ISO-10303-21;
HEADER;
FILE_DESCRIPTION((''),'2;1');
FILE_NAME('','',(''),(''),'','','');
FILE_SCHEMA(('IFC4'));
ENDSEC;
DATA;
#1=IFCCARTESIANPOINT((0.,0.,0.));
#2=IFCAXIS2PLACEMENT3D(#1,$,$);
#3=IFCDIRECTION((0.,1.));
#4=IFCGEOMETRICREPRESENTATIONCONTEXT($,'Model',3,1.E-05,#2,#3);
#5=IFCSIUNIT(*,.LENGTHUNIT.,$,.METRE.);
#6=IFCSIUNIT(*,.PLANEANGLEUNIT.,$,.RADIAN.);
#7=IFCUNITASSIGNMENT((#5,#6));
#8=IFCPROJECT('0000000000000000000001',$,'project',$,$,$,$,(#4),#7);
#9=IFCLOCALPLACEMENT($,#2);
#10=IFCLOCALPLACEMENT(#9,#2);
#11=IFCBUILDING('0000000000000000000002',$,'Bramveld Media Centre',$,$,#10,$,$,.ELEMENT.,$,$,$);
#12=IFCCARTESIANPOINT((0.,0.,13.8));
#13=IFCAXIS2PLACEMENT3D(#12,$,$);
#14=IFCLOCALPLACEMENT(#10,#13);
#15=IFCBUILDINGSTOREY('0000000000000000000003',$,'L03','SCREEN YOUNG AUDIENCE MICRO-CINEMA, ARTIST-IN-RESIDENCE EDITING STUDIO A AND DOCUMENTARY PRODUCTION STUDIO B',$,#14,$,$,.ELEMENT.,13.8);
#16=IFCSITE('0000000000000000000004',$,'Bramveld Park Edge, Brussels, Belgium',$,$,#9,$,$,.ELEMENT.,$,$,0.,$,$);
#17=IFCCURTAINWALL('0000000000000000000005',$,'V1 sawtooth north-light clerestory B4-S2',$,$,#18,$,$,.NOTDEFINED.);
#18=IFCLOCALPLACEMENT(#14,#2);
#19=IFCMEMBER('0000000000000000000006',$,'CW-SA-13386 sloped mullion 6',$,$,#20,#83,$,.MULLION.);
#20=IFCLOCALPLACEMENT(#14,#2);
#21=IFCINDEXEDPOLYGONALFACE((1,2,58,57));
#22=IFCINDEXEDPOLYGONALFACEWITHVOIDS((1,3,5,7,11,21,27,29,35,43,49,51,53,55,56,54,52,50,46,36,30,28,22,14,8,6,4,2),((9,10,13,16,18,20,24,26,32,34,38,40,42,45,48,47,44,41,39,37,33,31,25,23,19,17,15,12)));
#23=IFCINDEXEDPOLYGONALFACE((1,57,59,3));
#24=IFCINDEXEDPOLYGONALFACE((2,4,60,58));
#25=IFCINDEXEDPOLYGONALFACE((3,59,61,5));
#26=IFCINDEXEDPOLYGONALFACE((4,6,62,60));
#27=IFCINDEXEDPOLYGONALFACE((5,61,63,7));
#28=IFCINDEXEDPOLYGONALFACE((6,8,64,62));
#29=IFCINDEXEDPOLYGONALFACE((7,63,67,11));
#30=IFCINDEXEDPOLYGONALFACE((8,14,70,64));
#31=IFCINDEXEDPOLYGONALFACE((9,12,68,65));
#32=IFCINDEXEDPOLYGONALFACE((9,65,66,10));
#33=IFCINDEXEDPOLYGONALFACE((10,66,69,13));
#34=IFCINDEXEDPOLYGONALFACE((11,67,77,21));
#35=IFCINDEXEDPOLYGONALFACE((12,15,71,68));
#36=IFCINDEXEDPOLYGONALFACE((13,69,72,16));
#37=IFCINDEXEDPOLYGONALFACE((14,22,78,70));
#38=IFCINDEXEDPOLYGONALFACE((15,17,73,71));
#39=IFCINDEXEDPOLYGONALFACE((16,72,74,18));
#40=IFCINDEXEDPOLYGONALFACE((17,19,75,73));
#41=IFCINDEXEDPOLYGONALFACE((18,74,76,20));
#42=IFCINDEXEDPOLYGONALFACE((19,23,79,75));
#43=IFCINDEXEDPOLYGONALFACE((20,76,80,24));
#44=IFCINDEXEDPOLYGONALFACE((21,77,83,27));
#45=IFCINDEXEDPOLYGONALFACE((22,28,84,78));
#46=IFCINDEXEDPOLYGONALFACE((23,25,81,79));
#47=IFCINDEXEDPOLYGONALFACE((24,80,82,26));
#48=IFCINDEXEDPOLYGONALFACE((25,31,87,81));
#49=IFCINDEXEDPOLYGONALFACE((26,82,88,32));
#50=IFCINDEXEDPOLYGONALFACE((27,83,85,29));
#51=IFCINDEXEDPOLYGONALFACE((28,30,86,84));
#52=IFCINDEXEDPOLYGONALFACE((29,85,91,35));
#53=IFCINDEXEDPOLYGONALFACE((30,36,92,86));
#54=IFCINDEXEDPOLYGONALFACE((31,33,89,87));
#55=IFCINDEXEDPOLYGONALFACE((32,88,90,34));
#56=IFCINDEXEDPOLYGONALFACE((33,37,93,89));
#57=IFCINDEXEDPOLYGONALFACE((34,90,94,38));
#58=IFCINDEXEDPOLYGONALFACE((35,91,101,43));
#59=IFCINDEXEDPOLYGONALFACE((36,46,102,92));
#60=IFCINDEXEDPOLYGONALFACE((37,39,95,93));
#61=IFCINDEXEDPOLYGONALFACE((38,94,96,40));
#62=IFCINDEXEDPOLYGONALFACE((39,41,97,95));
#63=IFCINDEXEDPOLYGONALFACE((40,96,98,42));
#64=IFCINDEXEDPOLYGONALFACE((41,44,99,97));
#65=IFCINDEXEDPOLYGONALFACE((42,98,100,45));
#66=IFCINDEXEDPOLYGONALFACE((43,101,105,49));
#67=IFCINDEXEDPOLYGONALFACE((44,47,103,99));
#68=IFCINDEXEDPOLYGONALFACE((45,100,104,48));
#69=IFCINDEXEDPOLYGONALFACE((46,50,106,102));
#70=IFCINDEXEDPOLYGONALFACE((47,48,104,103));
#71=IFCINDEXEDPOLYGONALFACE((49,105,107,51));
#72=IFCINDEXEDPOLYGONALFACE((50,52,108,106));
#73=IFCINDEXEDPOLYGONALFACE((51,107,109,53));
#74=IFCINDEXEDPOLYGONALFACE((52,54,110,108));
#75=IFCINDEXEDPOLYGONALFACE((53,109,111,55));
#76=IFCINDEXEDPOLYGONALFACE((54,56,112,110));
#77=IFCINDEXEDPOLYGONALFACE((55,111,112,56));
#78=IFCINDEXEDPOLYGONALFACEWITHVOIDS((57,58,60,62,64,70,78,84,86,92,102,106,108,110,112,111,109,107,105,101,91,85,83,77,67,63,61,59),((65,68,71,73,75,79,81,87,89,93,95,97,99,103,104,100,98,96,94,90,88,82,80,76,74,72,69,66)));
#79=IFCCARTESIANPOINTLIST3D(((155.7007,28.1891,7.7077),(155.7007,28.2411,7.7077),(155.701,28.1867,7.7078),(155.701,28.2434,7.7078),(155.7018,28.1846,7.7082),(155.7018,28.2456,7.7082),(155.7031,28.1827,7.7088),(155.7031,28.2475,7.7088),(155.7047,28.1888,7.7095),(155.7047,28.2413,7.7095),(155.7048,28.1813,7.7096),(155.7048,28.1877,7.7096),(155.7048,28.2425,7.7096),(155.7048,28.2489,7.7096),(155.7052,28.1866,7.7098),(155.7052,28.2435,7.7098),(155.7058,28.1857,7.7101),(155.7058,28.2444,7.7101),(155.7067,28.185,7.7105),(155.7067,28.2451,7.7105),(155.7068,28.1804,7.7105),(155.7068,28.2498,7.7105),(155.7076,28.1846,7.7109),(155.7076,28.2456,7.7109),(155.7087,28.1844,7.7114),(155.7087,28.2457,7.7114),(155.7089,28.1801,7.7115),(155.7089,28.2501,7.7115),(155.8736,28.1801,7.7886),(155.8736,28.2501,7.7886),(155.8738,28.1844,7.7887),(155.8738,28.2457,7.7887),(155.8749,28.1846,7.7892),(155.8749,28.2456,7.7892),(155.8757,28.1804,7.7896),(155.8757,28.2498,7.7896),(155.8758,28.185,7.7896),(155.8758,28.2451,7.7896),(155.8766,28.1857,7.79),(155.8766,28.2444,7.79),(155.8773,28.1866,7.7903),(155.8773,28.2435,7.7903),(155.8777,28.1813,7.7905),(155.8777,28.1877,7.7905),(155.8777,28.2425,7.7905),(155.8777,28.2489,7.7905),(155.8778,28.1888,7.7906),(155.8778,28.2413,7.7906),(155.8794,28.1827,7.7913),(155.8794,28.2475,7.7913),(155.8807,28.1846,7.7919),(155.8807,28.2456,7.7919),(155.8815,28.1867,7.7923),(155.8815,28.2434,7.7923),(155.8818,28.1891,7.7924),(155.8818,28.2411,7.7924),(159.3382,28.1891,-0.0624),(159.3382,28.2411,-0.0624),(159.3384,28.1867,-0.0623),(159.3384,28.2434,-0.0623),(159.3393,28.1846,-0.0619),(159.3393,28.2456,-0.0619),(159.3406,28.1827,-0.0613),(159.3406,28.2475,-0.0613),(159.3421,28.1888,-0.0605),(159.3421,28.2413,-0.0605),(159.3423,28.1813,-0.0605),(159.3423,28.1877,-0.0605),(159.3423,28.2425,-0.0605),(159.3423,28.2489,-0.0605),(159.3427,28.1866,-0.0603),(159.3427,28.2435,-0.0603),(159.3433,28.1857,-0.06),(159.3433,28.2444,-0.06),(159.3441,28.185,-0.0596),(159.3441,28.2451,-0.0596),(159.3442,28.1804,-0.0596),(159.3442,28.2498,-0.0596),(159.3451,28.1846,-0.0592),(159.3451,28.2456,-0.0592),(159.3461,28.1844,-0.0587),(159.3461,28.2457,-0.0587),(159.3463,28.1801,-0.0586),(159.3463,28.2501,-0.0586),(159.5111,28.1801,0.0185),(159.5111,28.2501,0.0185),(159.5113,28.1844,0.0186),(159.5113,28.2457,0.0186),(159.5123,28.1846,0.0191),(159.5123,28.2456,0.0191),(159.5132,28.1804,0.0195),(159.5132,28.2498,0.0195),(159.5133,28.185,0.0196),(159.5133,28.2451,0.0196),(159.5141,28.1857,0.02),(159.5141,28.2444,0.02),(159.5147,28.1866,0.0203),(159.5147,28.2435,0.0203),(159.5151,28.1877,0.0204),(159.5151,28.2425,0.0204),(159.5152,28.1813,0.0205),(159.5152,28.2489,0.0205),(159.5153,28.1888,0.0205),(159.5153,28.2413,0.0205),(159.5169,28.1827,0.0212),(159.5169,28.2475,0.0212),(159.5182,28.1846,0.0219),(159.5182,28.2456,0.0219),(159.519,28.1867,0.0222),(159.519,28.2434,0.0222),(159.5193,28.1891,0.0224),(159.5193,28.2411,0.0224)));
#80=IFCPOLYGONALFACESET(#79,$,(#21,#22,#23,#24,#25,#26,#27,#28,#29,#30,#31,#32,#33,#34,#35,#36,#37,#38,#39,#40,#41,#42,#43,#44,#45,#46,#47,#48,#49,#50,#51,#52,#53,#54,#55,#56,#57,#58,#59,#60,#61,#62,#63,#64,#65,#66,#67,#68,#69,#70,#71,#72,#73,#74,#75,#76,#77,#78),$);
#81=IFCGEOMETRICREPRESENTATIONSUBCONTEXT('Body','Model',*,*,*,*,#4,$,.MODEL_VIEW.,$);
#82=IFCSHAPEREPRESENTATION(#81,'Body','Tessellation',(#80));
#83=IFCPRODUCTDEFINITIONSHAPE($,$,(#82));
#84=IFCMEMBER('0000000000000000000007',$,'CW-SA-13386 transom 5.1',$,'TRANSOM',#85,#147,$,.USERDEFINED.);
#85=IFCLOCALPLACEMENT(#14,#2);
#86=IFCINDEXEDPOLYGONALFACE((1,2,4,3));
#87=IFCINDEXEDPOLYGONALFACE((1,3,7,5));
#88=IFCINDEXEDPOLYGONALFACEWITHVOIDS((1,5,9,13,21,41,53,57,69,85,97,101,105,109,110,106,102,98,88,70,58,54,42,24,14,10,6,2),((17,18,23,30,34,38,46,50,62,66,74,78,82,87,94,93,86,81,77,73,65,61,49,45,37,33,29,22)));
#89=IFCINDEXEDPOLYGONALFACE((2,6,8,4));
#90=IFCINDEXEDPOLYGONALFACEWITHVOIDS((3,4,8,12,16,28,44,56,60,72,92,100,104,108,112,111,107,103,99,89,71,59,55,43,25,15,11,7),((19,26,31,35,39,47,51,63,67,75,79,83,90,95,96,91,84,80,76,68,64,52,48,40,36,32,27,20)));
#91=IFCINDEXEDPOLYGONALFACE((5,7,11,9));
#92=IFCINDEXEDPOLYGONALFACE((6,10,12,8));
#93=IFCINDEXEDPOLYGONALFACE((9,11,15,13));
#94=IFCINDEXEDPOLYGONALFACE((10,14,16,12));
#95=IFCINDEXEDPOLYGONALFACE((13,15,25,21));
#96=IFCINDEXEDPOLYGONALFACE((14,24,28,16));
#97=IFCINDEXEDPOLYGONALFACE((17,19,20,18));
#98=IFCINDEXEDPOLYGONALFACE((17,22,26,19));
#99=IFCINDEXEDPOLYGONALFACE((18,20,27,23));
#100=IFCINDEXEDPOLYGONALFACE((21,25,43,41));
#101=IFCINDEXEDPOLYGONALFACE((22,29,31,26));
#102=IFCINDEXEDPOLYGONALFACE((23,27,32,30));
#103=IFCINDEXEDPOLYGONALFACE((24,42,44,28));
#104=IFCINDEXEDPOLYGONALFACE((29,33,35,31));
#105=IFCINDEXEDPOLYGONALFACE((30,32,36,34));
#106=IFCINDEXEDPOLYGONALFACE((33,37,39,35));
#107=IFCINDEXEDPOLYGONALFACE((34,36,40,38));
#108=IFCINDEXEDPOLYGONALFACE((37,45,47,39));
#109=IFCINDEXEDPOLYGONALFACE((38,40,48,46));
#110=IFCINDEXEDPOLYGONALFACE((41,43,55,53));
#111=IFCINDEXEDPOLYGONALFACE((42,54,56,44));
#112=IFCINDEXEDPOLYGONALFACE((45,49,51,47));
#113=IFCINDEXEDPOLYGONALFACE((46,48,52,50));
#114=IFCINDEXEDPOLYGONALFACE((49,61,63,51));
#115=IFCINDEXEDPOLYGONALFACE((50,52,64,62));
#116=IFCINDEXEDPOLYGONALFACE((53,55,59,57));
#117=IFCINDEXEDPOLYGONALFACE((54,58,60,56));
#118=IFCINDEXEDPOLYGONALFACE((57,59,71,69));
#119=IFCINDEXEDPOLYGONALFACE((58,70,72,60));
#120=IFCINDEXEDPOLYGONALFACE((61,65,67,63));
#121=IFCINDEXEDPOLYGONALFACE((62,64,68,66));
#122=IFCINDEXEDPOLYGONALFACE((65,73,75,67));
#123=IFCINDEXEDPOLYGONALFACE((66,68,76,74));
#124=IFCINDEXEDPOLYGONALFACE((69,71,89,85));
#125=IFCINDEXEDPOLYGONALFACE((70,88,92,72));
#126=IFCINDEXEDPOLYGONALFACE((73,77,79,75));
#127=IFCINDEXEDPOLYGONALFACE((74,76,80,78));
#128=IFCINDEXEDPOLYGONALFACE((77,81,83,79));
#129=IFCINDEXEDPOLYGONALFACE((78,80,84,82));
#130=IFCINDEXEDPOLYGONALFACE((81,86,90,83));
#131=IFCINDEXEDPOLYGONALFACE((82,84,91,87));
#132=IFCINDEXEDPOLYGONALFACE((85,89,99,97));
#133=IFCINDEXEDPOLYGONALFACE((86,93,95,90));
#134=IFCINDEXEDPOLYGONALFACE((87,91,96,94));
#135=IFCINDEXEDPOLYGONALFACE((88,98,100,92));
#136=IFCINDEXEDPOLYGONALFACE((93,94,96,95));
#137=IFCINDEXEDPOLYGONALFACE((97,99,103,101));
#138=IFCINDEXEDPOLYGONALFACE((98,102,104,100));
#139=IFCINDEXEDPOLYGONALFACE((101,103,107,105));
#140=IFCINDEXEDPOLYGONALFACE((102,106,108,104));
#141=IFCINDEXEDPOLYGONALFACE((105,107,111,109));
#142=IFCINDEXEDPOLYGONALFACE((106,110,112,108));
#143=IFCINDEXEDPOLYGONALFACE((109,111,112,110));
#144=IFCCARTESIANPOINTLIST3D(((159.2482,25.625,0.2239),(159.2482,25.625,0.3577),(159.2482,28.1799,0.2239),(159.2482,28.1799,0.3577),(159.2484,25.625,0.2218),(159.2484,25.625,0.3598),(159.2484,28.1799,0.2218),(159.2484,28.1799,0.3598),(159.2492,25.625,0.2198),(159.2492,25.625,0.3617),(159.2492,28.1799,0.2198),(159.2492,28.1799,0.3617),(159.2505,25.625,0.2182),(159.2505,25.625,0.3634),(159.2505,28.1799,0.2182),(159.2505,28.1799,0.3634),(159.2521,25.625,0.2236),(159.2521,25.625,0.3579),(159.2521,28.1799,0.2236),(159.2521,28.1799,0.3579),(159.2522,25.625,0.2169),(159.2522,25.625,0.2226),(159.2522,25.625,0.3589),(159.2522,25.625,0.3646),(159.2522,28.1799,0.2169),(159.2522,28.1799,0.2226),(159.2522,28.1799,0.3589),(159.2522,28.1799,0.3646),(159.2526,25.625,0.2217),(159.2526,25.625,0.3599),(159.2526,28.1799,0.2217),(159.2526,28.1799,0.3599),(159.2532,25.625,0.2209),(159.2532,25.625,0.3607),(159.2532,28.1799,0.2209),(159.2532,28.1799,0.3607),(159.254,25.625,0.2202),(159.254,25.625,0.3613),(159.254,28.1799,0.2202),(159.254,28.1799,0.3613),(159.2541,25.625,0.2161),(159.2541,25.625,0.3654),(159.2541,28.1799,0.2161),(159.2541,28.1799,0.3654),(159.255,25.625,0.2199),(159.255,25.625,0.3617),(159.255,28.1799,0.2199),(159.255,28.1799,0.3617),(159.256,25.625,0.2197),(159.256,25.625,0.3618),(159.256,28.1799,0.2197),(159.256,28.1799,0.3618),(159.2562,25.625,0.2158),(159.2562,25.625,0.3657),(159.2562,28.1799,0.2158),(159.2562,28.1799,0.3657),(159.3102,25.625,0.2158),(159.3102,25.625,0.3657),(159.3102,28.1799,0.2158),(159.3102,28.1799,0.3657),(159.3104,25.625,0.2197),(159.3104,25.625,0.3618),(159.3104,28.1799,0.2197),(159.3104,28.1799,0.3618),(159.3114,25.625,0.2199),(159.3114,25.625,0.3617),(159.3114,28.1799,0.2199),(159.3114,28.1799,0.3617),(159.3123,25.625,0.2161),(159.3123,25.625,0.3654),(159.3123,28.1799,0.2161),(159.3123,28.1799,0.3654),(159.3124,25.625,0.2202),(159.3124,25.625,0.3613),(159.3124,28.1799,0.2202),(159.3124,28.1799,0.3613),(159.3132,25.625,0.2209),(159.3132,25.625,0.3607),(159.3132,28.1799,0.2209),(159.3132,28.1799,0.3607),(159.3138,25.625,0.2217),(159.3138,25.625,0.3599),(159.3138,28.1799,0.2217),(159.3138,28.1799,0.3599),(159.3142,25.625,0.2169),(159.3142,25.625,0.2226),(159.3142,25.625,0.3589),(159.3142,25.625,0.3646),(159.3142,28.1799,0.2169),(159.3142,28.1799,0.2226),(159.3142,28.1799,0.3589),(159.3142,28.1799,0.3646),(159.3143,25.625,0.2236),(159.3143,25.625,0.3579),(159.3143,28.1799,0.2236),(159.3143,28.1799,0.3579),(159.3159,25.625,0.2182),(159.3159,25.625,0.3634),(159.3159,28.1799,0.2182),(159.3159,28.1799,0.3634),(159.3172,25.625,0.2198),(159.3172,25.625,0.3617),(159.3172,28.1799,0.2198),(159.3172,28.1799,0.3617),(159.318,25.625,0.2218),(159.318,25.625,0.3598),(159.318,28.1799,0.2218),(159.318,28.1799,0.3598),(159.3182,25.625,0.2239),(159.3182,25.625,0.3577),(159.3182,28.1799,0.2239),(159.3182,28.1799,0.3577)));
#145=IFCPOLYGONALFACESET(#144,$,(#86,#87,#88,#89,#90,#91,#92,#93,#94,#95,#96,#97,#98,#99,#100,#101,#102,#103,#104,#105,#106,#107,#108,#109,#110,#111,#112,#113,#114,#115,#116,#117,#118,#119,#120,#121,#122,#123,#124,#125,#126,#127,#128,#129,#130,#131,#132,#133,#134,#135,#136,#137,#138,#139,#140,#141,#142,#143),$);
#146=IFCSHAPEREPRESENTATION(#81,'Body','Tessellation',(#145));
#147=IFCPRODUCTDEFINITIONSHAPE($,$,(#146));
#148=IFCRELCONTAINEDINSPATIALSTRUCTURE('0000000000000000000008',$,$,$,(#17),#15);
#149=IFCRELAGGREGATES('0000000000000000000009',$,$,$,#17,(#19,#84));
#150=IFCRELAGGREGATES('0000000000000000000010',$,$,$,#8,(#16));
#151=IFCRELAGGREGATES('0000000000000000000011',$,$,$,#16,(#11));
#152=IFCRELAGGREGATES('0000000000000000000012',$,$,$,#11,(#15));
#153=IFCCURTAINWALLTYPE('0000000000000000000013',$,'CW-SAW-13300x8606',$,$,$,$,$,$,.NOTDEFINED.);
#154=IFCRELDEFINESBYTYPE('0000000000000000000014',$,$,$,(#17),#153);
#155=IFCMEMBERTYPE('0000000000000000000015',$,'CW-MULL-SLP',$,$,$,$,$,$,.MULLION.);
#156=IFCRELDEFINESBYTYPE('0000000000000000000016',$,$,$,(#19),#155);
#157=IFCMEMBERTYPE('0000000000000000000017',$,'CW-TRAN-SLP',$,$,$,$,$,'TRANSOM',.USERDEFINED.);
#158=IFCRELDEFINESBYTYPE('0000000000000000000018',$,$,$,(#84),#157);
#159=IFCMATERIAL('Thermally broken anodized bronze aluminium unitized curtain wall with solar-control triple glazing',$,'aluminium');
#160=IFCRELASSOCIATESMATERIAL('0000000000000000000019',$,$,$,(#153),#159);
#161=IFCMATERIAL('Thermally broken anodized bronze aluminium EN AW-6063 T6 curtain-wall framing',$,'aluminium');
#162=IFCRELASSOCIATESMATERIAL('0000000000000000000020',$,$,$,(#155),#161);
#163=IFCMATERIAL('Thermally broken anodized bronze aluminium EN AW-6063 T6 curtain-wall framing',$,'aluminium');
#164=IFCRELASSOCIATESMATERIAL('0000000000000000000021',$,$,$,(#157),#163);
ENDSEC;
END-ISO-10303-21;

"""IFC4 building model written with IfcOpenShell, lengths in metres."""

from ifc_helpers import new_model, si_unit, direction, frame, origin, origin_2d, place, context, subcontext, project, spatial, hollow_rectangle, extrude, material, material_profile, profile_set, type_object, element, aggregate, save


model = new_model("IFC4")

# Units and contexts
model_context = context("Model", 3, precision=1e-05, world=origin(), true_north=direction((0.0, 1.0)))
body_context = subcontext(model_context, "Body", "Model", "MODEL_VIEW")
ifc_project = project(units=[si_unit("LENGTHUNIT", "METRE"), si_unit("PLANEANGLEUNIT", "RADIAN")], contexts=[model_context])

# Site, building, storey
site_placement = place(None, origin())
site = spatial("IfcSite", under=ifc_project, at=site_placement, Name="Bramveld Park Edge, Brussels, Belgium", CompositionType="ELEMENT", RefElevation=0.0)
building_placement = place(site_placement, origin())
building = spatial("IfcBuilding", under=site, at=building_placement, Name="Bramveld Media Centre", CompositionType="ELEMENT")
storey_placement = place(building_placement, frame((0.0, 0.0, 13.8)))
storey = spatial("IfcBuildingStorey", under=building, at=storey_placement, Name="L03", Description="SCREEN YOUNG AUDIENCE MICRO-CINEMA, ARTIST-IN-RESIDENCE EDITING STUDIO A AND DOCUMENTARY PRODUCTION STUDIO B", CompositionType="ELEMENT", Elevation=13.8)

# Curtain wall, members
ifc_material_1 = material(Name="Thermally broken anodized bronze aluminium unitized curtain wall with solar-control triple glazing", Category="aluminium")
curtain_wall_type = type_object("IfcCurtainWallType", Name="CW-SAW-13300x8606", PredefinedType="NOTDEFINED", material=ifc_material_1)
curtain_wall_1_placement = place(storey_placement, origin())
curtain_wall_1 = element("IfcCurtainWall", 1, at=curtain_wall_1_placement, inside=storey, type_object=curtain_wall_type, Name="V1 sawtooth north-light clerestory B4-S2", PredefinedType="NOTDEFINED")
ifc_material_2 = material(Name="Thermally broken anodized bronze aluminium EN AW-6063 T6 curtain-wall framing", Category="aluminium")
ifc_material_profile_1 = material_profile(ifc_material_2, hollow_rectangle(XDim=0.0701, YDim=0.2, WallThickness=0.0044, InnerFilletRadius=0.0044, OuterFilletRadius=0.009, at=origin_2d()), Name="AL-MULL 70x200")
ifc_profile_set_1 = profile_set([ifc_material_profile_1], Name="Thermally broken anodized bronze aluminium EN AW-6063 T6 curtain-wall framing")
member_type_1 = type_object("IfcMemberType", Name="CW-MULL-SLP", PredefinedType="MULLION", material=ifc_profile_set_1)
member_1_placement = place(storey_placement, frame((159.4287, 28.2151, -0.02), z_axis=(-0.42398, 0.0, 0.905671), x_axis=(0.0, -1.0, 0.0)))
member_1 = element("IfcMember", 2, at=member_1_placement, type_object=member_type_1, Name="CW-SA-13386 sloped mullion 6", PredefinedType="MULLION", context=body_context, shape_type="SweptSolid", body=[
    extrude(hollow_rectangle(XDim=0.0701, YDim=0.2, WallThickness=0.0044, InnerFilletRadius=0.0044, OuterFilletRadius=0.009, at=origin_2d()), origin(), (0.0, 0.0, 1.0), 8.5793),
])
ifc_material_3 = material(Name="Thermally broken anodized bronze aluminium EN AW-6063 T6 curtain-wall framing", Category="aluminium")
ifc_material_profile_2 = material_profile(ifc_material_3, hollow_rectangle(XDim=0.0701, YDim=0.1499, WallThickness=0.0039, InnerFilletRadius=0.0039, OuterFilletRadius=0.0081, at=origin_2d()), Name="AL-TRAN 70x150")
ifc_profile_set_2 = profile_set([ifc_material_profile_2], Name="Thermally broken anodized bronze aluminium EN AW-6063 T6 curtain-wall framing")
member_type_2 = type_object("IfcMemberType", Name="CW-TRAN-SLP", ElementType="TRANSOM", PredefinedType="USERDEFINED", material=ifc_profile_set_2)
member_2_placement = place(storey_placement, frame((159.2832, 25.625, 0.2908), z_axis=(0.0, 1.0, 0.0), x_axis=(-1.0, 0.0, 0.0)))
member_2 = element("IfcMember", 3, at=member_2_placement, type_object=member_type_2, Name="CW-SA-13386 transom 5.1", ObjectType="TRANSOM", PredefinedType="USERDEFINED", context=body_context, shape_type="SweptSolid", body=[
    extrude(hollow_rectangle(XDim=0.0701, YDim=0.1499, WallThickness=0.0039, InnerFilletRadius=0.0039, OuterFilletRadius=0.0081, at=origin_2d()), origin(), (0.0, 0.0, 1.0), 2.5549),
])
aggregate(curtain_wall_1, [member_1, member_2])

save(model, "model.ifc")
